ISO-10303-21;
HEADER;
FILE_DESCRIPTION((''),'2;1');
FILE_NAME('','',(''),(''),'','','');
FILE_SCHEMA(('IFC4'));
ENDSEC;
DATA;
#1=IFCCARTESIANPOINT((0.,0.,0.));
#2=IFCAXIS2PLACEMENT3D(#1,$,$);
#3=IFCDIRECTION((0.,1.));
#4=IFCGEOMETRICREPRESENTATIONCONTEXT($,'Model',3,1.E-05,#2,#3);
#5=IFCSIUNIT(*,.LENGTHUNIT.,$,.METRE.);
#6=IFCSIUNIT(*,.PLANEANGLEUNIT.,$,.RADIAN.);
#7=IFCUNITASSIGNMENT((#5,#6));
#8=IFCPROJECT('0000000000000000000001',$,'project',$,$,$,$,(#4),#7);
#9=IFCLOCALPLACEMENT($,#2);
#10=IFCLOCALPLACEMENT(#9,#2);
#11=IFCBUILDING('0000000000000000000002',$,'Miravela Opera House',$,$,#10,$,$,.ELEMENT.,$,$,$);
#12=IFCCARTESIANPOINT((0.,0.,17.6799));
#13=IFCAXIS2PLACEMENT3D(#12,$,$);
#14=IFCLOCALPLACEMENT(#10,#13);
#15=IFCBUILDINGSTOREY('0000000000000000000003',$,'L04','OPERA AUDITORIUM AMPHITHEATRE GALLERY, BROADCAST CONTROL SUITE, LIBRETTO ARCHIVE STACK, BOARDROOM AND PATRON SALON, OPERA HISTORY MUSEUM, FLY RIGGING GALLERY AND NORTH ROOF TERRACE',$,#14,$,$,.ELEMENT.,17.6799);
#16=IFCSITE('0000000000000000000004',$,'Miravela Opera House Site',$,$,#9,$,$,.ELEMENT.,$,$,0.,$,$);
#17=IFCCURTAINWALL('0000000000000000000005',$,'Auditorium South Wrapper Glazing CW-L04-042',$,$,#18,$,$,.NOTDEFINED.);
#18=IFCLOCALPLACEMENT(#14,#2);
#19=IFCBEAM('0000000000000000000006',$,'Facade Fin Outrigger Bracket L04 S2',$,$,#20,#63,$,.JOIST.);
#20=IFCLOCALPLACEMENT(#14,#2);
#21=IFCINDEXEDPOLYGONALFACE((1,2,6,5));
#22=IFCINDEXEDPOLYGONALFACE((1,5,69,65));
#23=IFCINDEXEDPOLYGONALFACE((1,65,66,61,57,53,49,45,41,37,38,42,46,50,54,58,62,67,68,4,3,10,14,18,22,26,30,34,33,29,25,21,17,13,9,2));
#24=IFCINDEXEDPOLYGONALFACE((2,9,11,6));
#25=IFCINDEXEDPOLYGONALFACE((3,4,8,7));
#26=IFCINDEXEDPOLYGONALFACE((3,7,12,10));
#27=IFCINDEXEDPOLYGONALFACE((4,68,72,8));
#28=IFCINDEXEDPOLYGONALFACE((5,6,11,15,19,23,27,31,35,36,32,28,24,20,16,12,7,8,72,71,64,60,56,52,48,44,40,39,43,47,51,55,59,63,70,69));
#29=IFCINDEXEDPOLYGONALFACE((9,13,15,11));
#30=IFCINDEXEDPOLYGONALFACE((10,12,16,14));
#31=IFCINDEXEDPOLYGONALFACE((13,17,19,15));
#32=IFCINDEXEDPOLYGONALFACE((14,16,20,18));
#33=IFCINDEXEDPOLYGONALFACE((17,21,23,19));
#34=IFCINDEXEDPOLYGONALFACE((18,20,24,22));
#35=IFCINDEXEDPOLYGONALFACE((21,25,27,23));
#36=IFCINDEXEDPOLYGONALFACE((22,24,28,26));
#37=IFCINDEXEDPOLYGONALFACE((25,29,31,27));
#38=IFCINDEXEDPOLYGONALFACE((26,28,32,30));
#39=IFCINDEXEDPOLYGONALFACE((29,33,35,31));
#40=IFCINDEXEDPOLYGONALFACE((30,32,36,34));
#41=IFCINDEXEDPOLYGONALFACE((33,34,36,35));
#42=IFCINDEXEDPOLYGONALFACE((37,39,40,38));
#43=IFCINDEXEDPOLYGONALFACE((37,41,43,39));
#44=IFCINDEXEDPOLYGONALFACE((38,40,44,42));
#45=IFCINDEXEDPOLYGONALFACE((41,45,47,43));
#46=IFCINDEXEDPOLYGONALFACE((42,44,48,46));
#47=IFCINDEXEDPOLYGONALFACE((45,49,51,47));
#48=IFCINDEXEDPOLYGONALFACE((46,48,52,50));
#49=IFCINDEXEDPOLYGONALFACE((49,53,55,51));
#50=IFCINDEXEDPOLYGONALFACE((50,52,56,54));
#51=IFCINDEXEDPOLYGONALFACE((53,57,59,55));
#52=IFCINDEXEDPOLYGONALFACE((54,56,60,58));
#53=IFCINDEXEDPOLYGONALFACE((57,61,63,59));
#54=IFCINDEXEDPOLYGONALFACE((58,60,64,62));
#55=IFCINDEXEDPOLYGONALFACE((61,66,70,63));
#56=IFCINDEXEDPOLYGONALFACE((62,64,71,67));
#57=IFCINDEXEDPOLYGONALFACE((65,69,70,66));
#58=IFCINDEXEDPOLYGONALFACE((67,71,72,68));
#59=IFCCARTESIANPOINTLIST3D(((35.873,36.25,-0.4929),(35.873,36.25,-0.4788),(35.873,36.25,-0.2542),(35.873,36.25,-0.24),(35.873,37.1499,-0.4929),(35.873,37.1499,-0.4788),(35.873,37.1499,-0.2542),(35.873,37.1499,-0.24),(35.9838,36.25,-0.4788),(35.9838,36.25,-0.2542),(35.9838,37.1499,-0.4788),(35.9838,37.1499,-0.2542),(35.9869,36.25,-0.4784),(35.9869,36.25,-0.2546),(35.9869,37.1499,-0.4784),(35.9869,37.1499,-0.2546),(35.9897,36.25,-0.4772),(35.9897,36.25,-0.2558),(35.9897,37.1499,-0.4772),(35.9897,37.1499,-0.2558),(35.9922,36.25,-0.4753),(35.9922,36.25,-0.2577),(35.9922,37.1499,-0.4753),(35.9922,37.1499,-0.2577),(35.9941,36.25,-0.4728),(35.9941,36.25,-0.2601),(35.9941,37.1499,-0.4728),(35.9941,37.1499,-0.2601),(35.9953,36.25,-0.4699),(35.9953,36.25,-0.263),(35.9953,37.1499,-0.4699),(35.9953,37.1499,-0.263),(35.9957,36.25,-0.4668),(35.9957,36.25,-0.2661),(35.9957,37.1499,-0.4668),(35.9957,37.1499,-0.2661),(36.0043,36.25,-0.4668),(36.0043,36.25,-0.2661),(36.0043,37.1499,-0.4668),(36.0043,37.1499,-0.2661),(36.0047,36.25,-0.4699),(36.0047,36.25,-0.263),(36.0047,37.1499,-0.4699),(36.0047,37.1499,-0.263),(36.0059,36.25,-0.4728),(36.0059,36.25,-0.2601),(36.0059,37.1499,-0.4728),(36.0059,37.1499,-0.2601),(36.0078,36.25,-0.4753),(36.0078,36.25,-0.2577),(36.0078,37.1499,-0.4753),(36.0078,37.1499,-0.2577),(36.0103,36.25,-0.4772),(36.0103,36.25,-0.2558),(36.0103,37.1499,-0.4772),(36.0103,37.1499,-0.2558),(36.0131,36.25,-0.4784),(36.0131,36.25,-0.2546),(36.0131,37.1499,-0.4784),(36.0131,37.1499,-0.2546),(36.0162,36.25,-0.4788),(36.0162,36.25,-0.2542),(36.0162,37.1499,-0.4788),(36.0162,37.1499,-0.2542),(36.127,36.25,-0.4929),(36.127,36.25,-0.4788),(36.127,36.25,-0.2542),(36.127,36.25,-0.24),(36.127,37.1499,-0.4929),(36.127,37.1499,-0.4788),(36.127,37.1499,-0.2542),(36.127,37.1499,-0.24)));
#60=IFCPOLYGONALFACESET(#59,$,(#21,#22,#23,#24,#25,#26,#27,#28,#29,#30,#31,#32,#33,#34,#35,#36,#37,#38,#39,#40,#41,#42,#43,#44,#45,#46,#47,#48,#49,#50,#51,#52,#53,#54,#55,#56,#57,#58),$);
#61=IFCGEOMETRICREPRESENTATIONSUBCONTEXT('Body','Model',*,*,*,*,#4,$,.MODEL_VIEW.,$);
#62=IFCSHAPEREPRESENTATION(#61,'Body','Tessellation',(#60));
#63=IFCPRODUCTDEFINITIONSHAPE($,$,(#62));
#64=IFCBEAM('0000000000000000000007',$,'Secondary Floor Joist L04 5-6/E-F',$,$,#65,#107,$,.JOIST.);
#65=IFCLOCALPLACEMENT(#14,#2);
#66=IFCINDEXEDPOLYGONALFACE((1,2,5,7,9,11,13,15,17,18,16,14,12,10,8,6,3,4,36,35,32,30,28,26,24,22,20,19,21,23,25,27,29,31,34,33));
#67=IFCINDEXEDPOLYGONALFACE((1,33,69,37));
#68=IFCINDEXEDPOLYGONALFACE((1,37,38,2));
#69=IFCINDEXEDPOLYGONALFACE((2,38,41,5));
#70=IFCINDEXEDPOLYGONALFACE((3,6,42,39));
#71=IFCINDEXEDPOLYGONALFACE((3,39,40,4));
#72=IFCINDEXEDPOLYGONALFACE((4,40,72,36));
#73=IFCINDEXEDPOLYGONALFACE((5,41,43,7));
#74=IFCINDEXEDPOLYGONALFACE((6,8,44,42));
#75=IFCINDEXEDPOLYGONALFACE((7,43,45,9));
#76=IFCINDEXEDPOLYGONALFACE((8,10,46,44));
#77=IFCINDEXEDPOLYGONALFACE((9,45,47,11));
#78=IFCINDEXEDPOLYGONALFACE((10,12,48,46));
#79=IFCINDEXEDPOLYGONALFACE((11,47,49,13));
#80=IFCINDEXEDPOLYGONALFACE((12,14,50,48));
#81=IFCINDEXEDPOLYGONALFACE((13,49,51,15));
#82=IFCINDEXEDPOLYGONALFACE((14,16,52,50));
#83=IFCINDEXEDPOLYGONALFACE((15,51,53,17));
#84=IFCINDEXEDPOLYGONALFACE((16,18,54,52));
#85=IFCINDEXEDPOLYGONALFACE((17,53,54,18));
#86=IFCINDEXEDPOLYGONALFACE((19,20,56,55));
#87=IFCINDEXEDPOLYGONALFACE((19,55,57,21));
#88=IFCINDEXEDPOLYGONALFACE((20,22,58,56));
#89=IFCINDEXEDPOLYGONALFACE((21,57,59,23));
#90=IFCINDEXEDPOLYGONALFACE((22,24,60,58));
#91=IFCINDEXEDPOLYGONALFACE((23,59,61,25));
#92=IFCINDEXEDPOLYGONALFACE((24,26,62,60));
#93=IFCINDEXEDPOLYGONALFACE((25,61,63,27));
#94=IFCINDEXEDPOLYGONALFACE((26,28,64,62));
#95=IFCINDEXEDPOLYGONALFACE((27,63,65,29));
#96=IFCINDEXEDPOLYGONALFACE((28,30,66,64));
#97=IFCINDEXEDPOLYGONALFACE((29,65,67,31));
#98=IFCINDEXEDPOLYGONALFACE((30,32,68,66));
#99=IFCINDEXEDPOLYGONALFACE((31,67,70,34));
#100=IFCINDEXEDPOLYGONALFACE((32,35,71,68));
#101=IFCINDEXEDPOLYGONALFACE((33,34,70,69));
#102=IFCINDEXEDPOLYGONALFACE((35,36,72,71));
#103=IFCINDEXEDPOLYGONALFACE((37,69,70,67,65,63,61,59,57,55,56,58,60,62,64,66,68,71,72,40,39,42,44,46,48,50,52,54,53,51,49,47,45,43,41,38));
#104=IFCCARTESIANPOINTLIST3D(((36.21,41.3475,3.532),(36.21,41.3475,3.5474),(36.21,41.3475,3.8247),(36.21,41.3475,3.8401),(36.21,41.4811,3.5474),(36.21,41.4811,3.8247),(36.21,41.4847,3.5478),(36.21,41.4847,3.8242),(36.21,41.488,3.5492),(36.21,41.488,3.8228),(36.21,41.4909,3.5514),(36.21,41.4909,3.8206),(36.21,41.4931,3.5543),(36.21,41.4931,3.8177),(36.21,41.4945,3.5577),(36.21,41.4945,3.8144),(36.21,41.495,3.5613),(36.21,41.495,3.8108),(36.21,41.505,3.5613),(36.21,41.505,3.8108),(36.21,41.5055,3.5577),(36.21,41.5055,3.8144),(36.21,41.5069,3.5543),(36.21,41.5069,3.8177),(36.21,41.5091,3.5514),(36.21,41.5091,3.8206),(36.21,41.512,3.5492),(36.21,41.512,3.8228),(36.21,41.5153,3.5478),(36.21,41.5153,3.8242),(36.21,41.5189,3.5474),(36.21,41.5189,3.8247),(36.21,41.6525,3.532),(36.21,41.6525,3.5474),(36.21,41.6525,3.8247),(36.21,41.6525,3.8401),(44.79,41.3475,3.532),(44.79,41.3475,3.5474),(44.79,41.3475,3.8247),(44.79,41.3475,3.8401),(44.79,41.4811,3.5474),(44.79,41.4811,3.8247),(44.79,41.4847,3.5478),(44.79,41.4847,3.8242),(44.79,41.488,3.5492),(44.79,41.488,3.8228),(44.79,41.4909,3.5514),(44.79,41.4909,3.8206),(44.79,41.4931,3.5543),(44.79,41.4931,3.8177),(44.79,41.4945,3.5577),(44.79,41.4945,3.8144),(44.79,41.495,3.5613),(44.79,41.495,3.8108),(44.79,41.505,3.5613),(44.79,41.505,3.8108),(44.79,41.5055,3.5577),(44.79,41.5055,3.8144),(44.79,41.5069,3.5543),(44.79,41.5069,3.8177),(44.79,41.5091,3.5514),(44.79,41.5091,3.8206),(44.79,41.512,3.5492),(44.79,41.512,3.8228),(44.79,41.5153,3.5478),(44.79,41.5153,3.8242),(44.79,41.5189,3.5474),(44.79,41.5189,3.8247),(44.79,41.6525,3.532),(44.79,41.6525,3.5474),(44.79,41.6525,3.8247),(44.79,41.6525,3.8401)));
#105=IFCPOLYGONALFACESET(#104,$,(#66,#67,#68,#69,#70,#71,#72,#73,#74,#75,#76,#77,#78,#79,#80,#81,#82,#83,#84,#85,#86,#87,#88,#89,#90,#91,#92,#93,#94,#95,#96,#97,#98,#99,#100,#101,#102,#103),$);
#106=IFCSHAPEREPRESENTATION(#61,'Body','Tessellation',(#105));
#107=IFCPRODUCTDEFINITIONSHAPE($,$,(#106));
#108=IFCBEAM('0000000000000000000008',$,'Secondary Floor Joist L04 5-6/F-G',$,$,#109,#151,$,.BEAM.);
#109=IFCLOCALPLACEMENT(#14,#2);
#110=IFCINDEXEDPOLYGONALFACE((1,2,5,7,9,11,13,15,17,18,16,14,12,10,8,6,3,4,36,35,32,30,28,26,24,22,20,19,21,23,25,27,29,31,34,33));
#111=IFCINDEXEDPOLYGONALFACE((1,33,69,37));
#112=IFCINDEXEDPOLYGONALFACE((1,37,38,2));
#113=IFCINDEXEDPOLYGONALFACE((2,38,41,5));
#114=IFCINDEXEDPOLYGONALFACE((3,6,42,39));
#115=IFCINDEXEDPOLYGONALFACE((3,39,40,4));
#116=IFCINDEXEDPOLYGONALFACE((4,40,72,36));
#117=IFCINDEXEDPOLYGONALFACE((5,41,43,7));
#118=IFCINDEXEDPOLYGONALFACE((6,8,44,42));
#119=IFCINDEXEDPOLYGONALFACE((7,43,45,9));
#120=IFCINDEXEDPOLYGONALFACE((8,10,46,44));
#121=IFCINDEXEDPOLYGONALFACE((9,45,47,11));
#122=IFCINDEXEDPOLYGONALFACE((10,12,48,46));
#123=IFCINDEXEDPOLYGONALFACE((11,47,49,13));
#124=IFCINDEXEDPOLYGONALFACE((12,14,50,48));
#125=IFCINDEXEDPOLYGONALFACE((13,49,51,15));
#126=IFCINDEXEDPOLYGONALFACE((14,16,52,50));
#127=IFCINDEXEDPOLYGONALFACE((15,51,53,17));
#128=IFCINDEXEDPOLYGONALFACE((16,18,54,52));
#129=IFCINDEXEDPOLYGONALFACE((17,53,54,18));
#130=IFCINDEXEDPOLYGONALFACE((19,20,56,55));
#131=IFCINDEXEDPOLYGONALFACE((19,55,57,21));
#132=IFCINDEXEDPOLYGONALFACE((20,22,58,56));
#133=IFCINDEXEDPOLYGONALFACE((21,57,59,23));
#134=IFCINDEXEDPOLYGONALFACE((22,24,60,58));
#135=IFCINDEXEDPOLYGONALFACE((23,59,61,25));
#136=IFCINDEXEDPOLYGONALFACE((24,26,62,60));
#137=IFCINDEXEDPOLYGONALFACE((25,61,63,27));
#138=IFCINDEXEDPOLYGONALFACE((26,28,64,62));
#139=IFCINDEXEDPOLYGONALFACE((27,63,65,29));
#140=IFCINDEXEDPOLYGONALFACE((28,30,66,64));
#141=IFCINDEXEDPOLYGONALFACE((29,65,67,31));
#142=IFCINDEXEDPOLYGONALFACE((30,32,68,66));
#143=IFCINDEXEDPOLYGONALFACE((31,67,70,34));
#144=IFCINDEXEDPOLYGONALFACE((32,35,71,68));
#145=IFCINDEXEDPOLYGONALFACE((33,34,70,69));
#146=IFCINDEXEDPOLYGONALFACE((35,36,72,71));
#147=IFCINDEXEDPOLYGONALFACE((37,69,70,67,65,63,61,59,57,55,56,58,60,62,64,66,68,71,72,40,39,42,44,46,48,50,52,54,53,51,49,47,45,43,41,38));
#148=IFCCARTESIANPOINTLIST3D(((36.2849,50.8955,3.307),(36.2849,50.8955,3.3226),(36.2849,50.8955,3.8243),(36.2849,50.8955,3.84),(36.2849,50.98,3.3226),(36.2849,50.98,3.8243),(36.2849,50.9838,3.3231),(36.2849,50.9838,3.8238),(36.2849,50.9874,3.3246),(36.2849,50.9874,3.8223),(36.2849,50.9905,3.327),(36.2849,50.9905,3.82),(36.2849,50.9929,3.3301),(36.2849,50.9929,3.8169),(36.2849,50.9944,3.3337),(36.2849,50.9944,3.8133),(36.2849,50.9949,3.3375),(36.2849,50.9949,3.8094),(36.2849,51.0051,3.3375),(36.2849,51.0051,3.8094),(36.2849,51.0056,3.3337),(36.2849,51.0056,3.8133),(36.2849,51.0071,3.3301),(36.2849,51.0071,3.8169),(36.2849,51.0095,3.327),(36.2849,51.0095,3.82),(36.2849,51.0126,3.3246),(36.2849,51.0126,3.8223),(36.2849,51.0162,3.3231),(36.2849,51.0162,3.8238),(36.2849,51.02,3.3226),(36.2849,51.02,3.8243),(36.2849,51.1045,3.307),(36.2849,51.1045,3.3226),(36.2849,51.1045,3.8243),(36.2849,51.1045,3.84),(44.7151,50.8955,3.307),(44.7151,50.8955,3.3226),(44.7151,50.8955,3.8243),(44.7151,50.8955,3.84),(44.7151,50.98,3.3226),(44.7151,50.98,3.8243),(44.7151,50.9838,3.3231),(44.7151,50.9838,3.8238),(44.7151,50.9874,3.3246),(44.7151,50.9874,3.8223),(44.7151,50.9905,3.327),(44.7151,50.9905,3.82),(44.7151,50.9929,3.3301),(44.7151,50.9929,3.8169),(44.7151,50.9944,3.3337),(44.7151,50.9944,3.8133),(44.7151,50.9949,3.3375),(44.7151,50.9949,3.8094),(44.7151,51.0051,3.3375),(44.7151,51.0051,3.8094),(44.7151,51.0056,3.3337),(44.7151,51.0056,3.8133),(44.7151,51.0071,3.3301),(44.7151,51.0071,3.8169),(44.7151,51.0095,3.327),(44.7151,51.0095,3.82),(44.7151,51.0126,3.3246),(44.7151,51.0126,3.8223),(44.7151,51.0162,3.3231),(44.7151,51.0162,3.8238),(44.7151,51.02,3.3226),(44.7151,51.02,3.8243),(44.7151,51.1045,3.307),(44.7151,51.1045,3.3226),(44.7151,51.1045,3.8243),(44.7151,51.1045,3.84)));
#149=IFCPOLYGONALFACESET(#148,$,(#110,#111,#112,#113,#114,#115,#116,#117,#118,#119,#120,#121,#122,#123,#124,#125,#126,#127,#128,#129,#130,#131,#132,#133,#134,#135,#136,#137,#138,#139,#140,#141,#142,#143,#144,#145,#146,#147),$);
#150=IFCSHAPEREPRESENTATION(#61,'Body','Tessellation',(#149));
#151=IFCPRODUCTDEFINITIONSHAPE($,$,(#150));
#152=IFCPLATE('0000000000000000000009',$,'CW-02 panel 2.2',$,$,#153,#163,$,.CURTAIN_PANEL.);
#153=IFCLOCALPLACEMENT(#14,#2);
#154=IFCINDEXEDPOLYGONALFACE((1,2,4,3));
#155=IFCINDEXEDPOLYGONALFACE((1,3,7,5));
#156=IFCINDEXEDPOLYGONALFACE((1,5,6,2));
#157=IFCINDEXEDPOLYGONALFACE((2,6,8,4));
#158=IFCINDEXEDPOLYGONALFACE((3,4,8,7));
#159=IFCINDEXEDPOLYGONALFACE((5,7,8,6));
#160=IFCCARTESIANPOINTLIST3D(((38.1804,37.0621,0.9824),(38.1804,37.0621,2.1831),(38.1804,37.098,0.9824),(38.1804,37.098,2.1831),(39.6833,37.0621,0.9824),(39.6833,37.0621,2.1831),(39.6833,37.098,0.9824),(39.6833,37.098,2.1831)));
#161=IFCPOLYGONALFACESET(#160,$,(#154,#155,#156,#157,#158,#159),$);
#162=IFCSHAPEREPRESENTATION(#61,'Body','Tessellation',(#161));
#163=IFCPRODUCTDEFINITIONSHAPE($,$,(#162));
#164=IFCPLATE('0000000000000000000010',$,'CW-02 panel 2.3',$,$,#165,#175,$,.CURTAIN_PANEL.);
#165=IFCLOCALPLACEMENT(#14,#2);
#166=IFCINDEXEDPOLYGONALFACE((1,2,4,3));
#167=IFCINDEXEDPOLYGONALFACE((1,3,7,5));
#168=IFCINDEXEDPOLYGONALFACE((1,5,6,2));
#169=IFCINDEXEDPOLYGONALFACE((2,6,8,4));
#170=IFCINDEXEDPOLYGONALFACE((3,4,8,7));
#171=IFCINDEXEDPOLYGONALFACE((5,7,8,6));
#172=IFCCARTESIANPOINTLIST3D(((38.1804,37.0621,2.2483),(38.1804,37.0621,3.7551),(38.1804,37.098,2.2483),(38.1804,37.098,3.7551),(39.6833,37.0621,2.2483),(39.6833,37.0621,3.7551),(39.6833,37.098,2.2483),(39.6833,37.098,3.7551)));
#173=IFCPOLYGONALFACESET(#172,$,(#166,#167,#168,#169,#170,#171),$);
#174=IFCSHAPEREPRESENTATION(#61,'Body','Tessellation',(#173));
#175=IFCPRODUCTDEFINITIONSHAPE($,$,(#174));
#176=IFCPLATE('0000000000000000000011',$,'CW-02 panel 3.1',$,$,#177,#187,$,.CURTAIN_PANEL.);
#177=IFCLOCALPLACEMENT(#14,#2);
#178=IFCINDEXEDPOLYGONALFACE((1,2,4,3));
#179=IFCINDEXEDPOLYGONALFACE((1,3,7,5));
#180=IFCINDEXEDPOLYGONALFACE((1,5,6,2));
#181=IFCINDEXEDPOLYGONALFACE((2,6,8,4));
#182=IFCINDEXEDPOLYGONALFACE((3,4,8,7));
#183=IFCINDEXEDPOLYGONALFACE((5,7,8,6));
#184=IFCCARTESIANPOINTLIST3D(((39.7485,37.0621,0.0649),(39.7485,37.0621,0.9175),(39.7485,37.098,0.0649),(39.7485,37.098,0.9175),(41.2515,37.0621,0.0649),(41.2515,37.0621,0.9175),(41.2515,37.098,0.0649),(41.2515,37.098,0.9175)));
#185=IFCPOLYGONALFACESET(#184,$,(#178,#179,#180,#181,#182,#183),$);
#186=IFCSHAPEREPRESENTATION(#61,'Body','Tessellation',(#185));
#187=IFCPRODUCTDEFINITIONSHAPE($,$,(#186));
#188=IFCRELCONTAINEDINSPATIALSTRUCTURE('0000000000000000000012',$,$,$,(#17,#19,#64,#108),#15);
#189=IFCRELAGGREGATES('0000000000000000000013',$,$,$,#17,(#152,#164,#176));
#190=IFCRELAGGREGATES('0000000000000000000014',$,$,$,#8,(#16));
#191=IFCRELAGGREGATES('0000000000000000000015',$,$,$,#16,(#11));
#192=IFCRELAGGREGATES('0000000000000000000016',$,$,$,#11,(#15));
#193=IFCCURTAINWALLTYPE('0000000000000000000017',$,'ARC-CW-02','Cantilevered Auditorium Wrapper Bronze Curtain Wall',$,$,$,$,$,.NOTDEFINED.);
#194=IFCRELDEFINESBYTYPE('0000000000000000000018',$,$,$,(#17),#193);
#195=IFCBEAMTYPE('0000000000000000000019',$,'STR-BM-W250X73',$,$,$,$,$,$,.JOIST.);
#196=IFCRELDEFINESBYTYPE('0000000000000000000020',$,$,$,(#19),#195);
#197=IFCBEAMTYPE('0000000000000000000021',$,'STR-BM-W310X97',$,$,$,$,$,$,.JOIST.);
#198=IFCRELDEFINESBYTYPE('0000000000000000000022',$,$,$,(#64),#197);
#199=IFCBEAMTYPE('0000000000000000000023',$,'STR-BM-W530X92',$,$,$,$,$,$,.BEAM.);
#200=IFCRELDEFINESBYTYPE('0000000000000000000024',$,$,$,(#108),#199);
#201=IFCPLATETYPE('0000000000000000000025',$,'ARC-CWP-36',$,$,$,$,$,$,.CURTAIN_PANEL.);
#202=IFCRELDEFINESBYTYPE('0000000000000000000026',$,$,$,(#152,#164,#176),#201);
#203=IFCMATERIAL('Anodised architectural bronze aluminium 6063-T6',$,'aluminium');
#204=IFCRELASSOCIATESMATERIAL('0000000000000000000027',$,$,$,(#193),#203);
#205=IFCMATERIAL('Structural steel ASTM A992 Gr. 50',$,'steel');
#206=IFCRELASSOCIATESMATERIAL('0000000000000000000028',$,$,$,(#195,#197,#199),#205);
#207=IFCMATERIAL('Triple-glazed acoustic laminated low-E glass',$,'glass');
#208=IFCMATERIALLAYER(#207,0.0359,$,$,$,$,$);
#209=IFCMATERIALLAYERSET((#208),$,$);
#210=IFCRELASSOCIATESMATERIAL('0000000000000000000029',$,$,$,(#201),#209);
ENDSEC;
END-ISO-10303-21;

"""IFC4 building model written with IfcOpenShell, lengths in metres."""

from ifc_helpers import new_model, si_unit, direction, frame, origin, origin_2d, place, context, subcontext, project, spatial, rectangle, i_section, extrude, material, layer, layer_set, material_profile, profile_set, type_object, element, aggregate, save


model = new_model("IFC4")

# Units and contexts
model_context = context("Model", 3, precision=1e-05, world=origin(), true_north=direction((0.0, 1.0)))
body_context = subcontext(model_context, "Body", "Model", "MODEL_VIEW")
ifc_project = project(units=[si_unit("LENGTHUNIT", "METRE"), si_unit("PLANEANGLEUNIT", "RADIAN")], contexts=[model_context])

# Site, building, storey
site_placement = place(None, origin())
site = spatial("IfcSite", under=ifc_project, at=site_placement, Name="Miravela Opera House Site", CompositionType="ELEMENT", RefElevation=0.0)
building_placement = place(site_placement, origin())
building = spatial("IfcBuilding", under=site, at=building_placement, Name="Miravela Opera House", CompositionType="ELEMENT")
storey_placement = place(building_placement, frame((0.0, 0.0, 17.6799)))
storey = spatial("IfcBuildingStorey", under=building, at=storey_placement, Name="L04", Description="OPERA AUDITORIUM AMPHITHEATRE GALLERY, BROADCAST CONTROL SUITE, LIBRETTO ARCHIVE STACK, BOARDROOM AND PATRON SALON, OPERA HISTORY MUSEUM, FLY RIGGING GALLERY AND NORTH ROOF TERRACE", CompositionType="ELEMENT", Elevation=17.6799)

# Curtain wall
ifc_material_1 = material(Name="Anodised architectural bronze aluminium 6063-T6", Category="aluminium")
curtain_wall_type = type_object("IfcCurtainWallType", Name="ARC-CW-02", Description="Cantilevered Auditorium Wrapper Bronze Curtain Wall", PredefinedType="NOTDEFINED", material=ifc_material_1)
curtain_wall_placement = place(storey_placement, origin())
curtain_wall = element("IfcCurtainWall", 1, at=curtain_wall_placement, inside=storey, type_object=curtain_wall_type, Name="Auditorium South Wrapper Glazing CW-L04-042", PredefinedType="NOTDEFINED")

# Beams
ifc_material_2 = material(Name="Structural steel ASTM A992 Gr. 50", Category="steel")
ifc_material_profile_1 = material_profile(ifc_material_2, i_section(OverallWidth=0.2539, OverallDepth=0.2529, WebThickness=0.0085, FlangeThickness=0.0142, FilletRadius=0.012, at=origin_2d()), Name="W250X73")
ifc_profile_set_1 = profile_set([ifc_material_profile_1])
beam_type_1 = type_object("IfcBeamType", Name="STR-BM-W250X73", PredefinedType="JOIST", material=ifc_profile_set_1)
beam_1_placement = place(storey_placement, frame((36.0, 37.1499, -0.3665), z_axis=(0.0, -1.0, 0.0), x_axis=(1.0, 0.0, 0.0)))
element("IfcBeam", 2, at=beam_1_placement, inside=storey, type_object=beam_type_1, Name="Facade Fin Outrigger Bracket L04 S2", PredefinedType="JOIST", context=body_context, shape_type="SweptSolid", body=[
    extrude(i_section(OverallWidth=0.2539, OverallDepth=0.2529, WebThickness=0.0085, FlangeThickness=0.0142, FilletRadius=0.012, at=origin_2d()), origin(), (0.0, 0.0, 1.0), 0.8999),
])
ifc_material_profile_2 = material_profile(ifc_material_2, i_section(OverallWidth=0.3049, OverallDepth=0.3081, WebThickness=0.01, FlangeThickness=0.0154, FilletRadius=0.0139, at=origin_2d()), Name="W310X97")
ifc_profile_set_2 = profile_set([ifc_material_profile_2])
beam_type_2 = type_object("IfcBeamType", Name="STR-BM-W310X97", PredefinedType="JOIST", material=ifc_profile_set_2)
beam_2_placement = place(storey_placement, frame((36.21, 41.5, 3.686), z_axis=(1.0, 0.0, 0.0), x_axis=(0.0, 1.0, 0.0)))
element("IfcBeam", 3, at=beam_2_placement, inside=storey, type_object=beam_type_2, Name="Secondary Floor Joist L04 5-6/E-F", PredefinedType="JOIST", context=body_context, shape_type="SweptSolid", body=[
    extrude(i_section(OverallWidth=0.3049, OverallDepth=0.3081, WebThickness=0.01, FlangeThickness=0.0154, FilletRadius=0.0139, at=origin_2d()), origin(), (0.0, 0.0, 1.0), 8.5801),
])
ifc_material_profile_3 = material_profile(ifc_material_2, i_section(OverallWidth=0.209, OverallDepth=0.533, WebThickness=0.0103, FlangeThickness=0.0156, FilletRadius=0.0149, at=origin_2d()), Name="W530X92")
ifc_profile_set_3 = profile_set([ifc_material_profile_3])
beam_type_3 = type_object("IfcBeamType", Name="STR-BM-W530X92", PredefinedType="BEAM", material=ifc_profile_set_3)
beam_3_placement = place(storey_placement, frame((36.2849, 51.0, 3.5735), z_axis=(1.0, 0.0, 0.0), x_axis=(0.0, 1.0, 0.0)))
element("IfcBeam", 4, at=beam_3_placement, inside=storey, type_object=beam_type_3, Name="Secondary Floor Joist L04 5-6/F-G", PredefinedType="BEAM", context=body_context, shape_type="SweptSolid", body=[
    extrude(i_section(OverallWidth=0.209, OverallDepth=0.533, WebThickness=0.0103, FlangeThickness=0.0156, FilletRadius=0.0149, at=origin_2d()), origin(), (0.0, 0.0, 1.0), 8.4302),
])

# Plates
ifc_material_3 = material(Name="Triple-glazed acoustic laminated low-E glass", Category="glass")
ifc_layer_1 = layer(ifc_material_3, 0.0359)
ifc_layer_set_1 = layer_set([ifc_layer_1])
plate_type = type_object("IfcPlateType", Name="ARC-CWP-36", PredefinedType="CURTAIN_PANEL", material=ifc_layer_set_1)
plate_1_placement = place(storey_placement, frame((38.9319, 37.0801, 0.9824), z_axis=(0.0, 0.0, 1.0), x_axis=(1.0, 0.0, 0.0)))
plate_1 = element("IfcPlate", 5, at=plate_1_placement, type_object=plate_type, Name="CW-02 panel 2.2", PredefinedType="CURTAIN_PANEL", context=body_context, shape_type="SweptSolid", body=[
    extrude(rectangle(XDim=1.5029, YDim=0.0359, at=origin_2d()), origin(), (0.0, 0.0, 1.0), 1.2007),
])
plate_2_placement = place(storey_placement, frame((38.9319, 37.0801, 2.2483), z_axis=(0.0, 0.0, 1.0), x_axis=(1.0, 0.0, 0.0)))
plate_2 = element("IfcPlate", 6, at=plate_2_placement, type_object=plate_type, Name="CW-02 panel 2.3", PredefinedType="CURTAIN_PANEL", context=body_context, shape_type="SweptSolid", body=[
    extrude(rectangle(XDim=1.5029, YDim=0.0359, at=origin_2d()), origin(), (0.0, 0.0, 1.0), 1.5068),
])
plate_3_placement = place(storey_placement, frame((40.5, 37.0801, 0.0649), z_axis=(0.0, 0.0, 1.0), x_axis=(1.0, 0.0, 0.0)))
plate_3 = element("IfcPlate", 7, at=plate_3_placement, type_object=plate_type, Name="CW-02 panel 3.1", PredefinedType="CURTAIN_PANEL", context=body_context, shape_type="SweptSolid", body=[
    extrude(rectangle(XDim=1.5029, YDim=0.0359, at=origin_2d()), origin(), (0.0, 0.0, 1.0), 0.8525),
])
aggregate(curtain_wall, [plate_1, plate_2, plate_3])

save(model, "model.ifc")
